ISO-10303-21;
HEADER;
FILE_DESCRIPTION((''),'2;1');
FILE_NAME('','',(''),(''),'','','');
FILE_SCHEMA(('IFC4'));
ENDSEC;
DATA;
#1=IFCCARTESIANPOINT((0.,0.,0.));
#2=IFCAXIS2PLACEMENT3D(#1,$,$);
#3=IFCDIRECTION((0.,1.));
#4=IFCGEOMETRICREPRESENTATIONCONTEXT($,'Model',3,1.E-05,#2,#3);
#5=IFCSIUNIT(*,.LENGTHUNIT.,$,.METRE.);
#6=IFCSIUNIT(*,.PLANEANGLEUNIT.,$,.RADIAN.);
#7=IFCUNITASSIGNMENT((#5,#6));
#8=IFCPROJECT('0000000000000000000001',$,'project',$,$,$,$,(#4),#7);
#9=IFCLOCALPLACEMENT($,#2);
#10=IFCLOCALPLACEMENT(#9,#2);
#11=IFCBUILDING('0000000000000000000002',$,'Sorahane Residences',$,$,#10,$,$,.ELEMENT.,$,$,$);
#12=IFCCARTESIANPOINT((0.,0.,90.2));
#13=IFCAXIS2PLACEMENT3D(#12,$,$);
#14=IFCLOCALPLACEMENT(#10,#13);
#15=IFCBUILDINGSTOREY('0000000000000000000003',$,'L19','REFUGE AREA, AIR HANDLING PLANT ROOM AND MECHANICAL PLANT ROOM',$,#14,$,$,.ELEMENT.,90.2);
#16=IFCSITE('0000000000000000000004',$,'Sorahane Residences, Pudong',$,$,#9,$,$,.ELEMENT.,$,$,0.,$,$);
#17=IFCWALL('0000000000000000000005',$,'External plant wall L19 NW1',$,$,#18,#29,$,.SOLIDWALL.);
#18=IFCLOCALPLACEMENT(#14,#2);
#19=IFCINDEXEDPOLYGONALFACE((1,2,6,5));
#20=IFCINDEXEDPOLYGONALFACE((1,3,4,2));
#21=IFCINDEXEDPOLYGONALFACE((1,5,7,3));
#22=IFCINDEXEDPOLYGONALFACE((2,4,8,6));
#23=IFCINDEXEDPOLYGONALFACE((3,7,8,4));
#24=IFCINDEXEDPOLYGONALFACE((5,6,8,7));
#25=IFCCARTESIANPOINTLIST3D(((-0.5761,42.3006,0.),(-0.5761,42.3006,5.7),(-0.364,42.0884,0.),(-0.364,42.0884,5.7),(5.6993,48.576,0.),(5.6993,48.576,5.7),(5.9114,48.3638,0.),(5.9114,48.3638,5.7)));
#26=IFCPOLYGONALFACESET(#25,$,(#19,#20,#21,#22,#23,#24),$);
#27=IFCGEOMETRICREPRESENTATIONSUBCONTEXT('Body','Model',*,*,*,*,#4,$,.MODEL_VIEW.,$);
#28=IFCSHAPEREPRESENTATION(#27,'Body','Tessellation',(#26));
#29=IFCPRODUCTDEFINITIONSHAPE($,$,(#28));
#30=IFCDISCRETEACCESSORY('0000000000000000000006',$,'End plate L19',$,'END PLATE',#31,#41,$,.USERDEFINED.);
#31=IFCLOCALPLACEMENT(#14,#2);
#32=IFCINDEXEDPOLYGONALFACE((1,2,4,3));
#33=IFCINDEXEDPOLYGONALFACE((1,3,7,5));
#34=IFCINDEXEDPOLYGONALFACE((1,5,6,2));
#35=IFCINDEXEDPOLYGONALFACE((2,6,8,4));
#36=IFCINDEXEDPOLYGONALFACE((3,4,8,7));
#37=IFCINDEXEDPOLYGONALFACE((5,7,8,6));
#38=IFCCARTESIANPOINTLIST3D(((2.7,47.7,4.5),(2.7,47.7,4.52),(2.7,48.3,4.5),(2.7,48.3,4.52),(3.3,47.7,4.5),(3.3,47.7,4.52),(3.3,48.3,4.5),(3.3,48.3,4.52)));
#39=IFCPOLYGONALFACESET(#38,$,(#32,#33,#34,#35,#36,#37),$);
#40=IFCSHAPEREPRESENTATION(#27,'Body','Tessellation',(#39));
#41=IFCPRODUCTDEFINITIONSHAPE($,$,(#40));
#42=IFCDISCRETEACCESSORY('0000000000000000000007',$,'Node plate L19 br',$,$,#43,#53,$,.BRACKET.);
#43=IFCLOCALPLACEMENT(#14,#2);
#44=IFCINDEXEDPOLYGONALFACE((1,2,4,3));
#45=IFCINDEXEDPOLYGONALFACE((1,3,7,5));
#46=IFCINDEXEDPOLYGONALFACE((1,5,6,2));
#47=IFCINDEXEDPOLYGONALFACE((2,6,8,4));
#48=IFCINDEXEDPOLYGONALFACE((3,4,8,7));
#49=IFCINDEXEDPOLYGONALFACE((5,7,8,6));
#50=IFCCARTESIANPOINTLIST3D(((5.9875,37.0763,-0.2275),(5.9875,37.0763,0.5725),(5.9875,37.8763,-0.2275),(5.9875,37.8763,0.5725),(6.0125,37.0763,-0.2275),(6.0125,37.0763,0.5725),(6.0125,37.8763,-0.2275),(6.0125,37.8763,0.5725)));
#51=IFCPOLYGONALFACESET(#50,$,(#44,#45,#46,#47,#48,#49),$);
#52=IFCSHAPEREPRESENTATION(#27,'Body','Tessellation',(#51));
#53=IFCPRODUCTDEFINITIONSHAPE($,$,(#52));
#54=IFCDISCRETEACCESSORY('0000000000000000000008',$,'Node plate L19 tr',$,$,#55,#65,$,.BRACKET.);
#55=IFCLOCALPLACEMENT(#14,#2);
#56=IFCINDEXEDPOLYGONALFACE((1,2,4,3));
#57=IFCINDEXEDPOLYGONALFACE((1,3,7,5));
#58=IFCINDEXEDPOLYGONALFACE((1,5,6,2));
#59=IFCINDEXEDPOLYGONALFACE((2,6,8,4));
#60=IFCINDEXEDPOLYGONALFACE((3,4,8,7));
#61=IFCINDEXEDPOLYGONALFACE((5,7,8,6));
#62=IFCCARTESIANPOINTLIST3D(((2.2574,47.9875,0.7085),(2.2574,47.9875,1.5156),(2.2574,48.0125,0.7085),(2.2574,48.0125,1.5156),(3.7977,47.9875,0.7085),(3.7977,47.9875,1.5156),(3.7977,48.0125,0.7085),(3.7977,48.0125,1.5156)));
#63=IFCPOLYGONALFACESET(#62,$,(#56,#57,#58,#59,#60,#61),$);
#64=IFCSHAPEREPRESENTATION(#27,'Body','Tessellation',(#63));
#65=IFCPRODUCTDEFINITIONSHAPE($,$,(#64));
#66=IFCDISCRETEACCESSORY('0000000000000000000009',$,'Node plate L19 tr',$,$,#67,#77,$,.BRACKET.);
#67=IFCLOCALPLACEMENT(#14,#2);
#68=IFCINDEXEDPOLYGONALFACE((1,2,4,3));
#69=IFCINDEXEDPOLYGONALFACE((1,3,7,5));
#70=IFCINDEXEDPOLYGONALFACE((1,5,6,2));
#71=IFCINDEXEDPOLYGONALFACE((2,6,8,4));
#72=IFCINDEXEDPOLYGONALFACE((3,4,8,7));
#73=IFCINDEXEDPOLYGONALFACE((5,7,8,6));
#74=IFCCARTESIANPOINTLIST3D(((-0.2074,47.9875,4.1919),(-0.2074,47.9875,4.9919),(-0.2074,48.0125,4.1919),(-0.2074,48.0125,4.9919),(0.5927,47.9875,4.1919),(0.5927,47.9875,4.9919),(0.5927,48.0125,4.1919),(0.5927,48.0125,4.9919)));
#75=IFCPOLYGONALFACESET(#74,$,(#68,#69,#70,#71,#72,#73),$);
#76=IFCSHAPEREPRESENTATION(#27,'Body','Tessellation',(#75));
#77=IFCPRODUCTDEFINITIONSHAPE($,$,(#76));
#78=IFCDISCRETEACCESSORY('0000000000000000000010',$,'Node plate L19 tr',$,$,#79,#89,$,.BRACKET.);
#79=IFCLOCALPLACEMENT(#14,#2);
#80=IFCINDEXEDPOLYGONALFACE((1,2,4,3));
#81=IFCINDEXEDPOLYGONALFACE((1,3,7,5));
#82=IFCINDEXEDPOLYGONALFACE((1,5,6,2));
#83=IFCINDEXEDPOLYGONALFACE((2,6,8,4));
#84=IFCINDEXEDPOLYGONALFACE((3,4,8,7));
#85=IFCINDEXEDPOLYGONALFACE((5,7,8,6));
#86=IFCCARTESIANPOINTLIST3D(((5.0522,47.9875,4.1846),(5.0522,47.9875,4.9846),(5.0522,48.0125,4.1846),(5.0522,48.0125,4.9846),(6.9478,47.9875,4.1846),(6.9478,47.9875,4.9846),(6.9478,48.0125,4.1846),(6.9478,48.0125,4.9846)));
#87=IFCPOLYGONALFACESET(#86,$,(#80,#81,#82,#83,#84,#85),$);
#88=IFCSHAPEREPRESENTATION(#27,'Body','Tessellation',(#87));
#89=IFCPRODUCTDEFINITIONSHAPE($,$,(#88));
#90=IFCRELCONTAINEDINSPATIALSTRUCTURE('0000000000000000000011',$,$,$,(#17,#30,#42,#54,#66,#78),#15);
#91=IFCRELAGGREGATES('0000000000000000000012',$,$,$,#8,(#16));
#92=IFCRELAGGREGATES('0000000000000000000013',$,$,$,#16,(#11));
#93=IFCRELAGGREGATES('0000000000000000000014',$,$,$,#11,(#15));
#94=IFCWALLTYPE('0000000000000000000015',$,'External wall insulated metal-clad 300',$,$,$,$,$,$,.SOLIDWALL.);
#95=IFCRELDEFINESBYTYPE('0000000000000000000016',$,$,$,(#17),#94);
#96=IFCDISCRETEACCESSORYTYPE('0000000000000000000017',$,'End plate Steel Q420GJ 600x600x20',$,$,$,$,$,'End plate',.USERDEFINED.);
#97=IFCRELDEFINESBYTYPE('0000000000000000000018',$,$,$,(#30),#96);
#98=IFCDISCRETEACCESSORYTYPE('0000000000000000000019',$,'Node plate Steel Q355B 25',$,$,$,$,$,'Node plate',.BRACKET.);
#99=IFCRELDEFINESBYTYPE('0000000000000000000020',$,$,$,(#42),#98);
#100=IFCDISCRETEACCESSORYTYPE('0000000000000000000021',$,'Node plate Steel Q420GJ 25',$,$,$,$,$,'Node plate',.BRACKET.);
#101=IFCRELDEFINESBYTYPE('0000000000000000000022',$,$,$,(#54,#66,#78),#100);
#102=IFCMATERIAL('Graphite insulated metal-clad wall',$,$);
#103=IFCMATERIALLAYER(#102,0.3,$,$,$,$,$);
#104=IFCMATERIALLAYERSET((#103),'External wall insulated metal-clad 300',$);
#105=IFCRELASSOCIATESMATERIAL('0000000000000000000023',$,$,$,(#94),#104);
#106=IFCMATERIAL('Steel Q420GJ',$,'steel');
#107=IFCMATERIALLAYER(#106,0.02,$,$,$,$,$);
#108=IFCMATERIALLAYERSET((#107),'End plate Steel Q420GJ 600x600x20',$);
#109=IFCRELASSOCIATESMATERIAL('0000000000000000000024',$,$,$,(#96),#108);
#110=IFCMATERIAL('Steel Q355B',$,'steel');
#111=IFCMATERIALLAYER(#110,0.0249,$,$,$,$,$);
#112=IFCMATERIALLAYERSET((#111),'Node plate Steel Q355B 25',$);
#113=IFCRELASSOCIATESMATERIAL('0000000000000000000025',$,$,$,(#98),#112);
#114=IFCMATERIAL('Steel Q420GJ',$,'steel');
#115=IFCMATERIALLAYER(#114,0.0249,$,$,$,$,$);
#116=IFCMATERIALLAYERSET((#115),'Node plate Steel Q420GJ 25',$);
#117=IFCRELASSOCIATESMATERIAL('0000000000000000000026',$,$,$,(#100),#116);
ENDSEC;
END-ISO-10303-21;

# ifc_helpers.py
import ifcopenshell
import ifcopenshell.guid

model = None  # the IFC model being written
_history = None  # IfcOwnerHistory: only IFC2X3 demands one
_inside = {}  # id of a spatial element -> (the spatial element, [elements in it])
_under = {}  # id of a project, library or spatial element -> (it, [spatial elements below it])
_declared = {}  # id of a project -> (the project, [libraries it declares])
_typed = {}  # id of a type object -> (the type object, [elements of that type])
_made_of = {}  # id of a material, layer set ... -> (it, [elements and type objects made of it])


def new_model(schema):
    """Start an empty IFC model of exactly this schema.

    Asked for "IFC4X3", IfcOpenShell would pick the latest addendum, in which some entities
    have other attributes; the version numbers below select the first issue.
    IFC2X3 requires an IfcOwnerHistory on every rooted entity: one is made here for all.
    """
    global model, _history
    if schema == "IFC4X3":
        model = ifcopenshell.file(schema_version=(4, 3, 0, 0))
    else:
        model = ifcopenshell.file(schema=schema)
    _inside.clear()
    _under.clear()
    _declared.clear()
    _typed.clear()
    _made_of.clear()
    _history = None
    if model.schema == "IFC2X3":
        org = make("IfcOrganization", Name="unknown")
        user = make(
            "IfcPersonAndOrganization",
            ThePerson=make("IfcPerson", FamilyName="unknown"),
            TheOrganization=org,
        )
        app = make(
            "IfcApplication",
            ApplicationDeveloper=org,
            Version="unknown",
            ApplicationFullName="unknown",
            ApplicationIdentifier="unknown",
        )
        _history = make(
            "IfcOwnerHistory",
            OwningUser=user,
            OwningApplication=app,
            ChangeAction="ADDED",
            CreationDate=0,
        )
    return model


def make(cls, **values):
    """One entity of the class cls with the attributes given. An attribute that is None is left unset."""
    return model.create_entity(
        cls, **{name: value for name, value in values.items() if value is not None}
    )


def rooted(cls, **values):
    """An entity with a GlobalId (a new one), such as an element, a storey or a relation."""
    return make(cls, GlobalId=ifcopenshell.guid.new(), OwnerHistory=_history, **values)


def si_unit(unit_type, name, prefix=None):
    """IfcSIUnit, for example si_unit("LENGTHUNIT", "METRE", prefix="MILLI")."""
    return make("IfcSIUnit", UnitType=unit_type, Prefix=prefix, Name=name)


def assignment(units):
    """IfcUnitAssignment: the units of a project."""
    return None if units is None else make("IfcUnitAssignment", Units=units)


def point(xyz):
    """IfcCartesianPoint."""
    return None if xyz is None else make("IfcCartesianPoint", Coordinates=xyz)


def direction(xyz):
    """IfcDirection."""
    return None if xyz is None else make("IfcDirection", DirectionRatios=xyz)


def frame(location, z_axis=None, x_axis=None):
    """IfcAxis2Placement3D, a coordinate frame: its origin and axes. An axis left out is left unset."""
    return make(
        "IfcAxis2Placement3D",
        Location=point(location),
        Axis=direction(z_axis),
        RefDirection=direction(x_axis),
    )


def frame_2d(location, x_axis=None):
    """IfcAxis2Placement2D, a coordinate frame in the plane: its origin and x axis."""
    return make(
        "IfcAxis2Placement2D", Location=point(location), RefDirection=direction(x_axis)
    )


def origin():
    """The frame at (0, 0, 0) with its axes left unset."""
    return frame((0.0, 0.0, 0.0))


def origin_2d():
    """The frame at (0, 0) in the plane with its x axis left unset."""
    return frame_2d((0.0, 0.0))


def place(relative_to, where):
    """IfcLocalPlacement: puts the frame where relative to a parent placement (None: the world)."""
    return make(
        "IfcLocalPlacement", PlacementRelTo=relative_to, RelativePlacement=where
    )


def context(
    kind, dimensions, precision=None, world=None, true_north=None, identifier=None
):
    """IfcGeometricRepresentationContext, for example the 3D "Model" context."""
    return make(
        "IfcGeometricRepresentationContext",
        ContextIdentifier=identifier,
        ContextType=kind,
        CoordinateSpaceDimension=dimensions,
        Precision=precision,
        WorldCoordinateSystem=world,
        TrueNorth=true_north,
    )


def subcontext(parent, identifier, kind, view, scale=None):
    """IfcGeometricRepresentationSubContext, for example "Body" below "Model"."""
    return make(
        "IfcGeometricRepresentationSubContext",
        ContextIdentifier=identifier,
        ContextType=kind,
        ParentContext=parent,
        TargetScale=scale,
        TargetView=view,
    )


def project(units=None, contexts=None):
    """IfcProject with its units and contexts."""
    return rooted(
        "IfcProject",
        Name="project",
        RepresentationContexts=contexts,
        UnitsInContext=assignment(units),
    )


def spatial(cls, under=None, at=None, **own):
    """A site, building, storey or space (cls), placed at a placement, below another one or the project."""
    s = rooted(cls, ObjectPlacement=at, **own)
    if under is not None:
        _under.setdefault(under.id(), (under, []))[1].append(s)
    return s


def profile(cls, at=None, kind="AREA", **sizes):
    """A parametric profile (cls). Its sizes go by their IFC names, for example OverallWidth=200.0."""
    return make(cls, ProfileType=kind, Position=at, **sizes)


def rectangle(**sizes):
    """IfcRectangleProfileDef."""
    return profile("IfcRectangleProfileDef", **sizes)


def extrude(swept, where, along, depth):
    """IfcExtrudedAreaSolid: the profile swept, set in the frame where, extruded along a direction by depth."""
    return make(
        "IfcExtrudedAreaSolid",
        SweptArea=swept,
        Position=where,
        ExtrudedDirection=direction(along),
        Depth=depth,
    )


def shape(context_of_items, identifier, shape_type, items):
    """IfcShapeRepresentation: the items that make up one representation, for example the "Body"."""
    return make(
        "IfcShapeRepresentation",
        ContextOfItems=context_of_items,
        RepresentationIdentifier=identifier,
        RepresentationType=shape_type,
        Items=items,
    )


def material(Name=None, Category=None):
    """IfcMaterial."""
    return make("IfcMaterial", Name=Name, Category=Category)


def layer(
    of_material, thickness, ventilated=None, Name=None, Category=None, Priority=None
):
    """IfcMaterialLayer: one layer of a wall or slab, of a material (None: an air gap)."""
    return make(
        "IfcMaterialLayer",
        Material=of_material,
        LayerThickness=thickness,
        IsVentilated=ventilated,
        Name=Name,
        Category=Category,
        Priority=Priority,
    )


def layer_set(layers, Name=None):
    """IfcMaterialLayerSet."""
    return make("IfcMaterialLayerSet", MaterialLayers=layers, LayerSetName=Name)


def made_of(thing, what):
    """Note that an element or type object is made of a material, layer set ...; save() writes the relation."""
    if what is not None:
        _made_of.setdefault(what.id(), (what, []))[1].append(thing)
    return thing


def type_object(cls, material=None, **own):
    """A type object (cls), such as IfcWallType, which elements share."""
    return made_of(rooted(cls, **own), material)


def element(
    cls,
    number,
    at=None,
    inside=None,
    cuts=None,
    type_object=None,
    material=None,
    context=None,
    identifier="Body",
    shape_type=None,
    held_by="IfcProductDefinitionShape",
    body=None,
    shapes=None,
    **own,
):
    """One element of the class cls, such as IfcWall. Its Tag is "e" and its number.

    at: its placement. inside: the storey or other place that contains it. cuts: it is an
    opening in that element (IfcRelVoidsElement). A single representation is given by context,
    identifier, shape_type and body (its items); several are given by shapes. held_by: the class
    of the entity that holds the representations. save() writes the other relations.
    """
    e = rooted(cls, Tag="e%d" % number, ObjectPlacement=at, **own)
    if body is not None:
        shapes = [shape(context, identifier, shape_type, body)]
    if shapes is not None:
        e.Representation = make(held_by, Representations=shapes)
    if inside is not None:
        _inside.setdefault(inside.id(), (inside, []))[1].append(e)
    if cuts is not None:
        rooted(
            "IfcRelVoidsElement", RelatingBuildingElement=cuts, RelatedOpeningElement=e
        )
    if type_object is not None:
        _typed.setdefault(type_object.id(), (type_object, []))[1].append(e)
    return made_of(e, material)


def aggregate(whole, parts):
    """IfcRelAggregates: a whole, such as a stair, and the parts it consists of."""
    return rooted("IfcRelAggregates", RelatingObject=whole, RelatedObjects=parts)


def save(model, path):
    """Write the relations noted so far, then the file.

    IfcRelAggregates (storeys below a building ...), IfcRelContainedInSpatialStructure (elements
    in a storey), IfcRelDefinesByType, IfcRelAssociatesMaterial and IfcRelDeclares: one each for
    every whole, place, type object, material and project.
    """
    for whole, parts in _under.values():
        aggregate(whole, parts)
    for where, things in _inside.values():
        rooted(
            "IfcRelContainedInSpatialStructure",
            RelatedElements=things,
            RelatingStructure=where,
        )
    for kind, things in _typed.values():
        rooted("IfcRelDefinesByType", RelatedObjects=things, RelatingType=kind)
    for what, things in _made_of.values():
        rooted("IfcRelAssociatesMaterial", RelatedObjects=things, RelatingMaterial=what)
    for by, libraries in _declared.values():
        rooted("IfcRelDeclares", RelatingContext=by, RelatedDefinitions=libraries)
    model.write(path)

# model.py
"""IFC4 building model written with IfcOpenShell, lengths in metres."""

from ifc_helpers import new_model, si_unit, direction, frame, frame_2d, origin, origin_2d, place, context, subcontext, project, spatial, rectangle, extrude, material, layer, layer_set, type_object, element, save


model = new_model("IFC4")

# Units and contexts
model_context = context("Model", 3, precision=1e-05, world=origin(), true_north=direction((0.0, 1.0)))
body_context = subcontext(model_context, "Body", "Model", "MODEL_VIEW")
ifc_project = project(units=[si_unit("LENGTHUNIT", "METRE"), si_unit("PLANEANGLEUNIT", "RADIAN")], contexts=[model_context])

# Site, building, storey
site_placement = place(None, origin())
site = spatial("IfcSite", under=ifc_project, at=site_placement, Name="Sorahane Residences, Pudong", CompositionType="ELEMENT", RefElevation=0.0)
building_placement = place(site_placement, origin())
building = spatial("IfcBuilding", under=site, at=building_placement, Name="Sorahane Residences", CompositionType="ELEMENT")
storey_placement = place(building_placement, frame((0.0, 0.0, 90.2)))
storey = spatial("IfcBuildingStorey", under=building, at=storey_placement, Name="L19", Description="REFUGE AREA, AIR HANDLING PLANT ROOM AND MECHANICAL PLANT ROOM", CompositionType="ELEMENT", Elevation=90.2)

# Wall
ifc_material_1 = material(Name="Graphite insulated metal-clad wall")
ifc_layer_1 = layer(ifc_material_1, 0.3)
ifc_layer_set_1 = layer_set([ifc_layer_1], Name="External wall insulated metal-clad 300")
wall_type = type_object("IfcWallType", Name="External wall insulated metal-clad 300", PredefinedType="SOLIDWALL", material=ifc_layer_set_1)
wall_placement = place(storey_placement, frame((5.8054, 48.47, 0.0), z_axis=(0.0, 0.0, 1.0), x_axis=(-0.707107, -0.707107, 0.0)))
element("IfcWall", 1, at=wall_placement, inside=storey, type_object=wall_type, Name="External plant wall L19 NW1", PredefinedType="SOLIDWALL", context=body_context, shape_type="SweptSolid", body=[
    extrude(rectangle(XDim=8.8748, YDim=0.3, at=frame_2d((4.4375, 0.0))), origin(), (0.0, 0.0, 1.0), 5.7),
])

# Discrete accessories
ifc_material_2 = material(Name="Steel Q420GJ", Category="steel")
ifc_layer_2 = layer(ifc_material_2, 0.02)
ifc_layer_set_2 = layer_set([ifc_layer_2], Name="End plate Steel Q420GJ 600x600x20")
discrete_accessory_type_1 = type_object("IfcDiscreteAccessoryType", Name="End plate Steel Q420GJ 600x600x20", ElementType="End plate", PredefinedType="USERDEFINED", material=ifc_layer_set_2)
discrete_accessory_1_placement = place(storey_placement, frame((3.0, 48.0, 4.5), z_axis=(0.0, 0.0, 1.0), x_axis=(1.0, 0.0, 0.0)))
element("IfcDiscreteAccessory", 2, at=discrete_accessory_1_placement, inside=storey, type_object=discrete_accessory_type_1, Name="End plate L19", ObjectType="END PLATE", PredefinedType="USERDEFINED", context=body_context, shape_type="SweptSolid", body=[
    extrude(rectangle(XDim=0.6001, YDim=0.6001, at=origin_2d()), origin(), (0.0, 0.0, 1.0), 0.02),
])
ifc_material_3 = material(Name="Steel Q355B", Category="steel")
ifc_layer_3 = layer(ifc_material_3, 0.0249)
ifc_layer_set_3 = layer_set([ifc_layer_3], Name="Node plate Steel Q355B 25")
discrete_accessory_type_2 = type_object("IfcDiscreteAccessoryType", Name="Node plate Steel Q355B 25", ElementType="Node plate", PredefinedType="BRACKET", material=ifc_layer_set_3)
discrete_accessory_2_placement = place(storey_placement, frame((6.0, 37.4763, -0.2275), z_axis=(0.0, 0.0, 1.0), x_axis=(0.0, 1.0, 0.0)))
element("IfcDiscreteAccessory", 3, at=discrete_accessory_2_placement, inside=storey, type_object=discrete_accessory_type_2, Name="Node plate L19 br", PredefinedType="BRACKET", context=body_context, shape_type="SweptSolid", body=[
    extrude(rectangle(XDim=0.8, YDim=0.0249, at=origin_2d()), origin(), (0.0, 0.0, 1.0), 0.8),
])
ifc_material_4 = material(Name="Steel Q420GJ", Category="steel")
ifc_layer_4 = layer(ifc_material_4, 0.0249)
ifc_layer_set_4 = layer_set([ifc_layer_4], Name="Node plate Steel Q420GJ 25")
discrete_accessory_type_3 = type_object("IfcDiscreteAccessoryType", Name="Node plate Steel Q420GJ 25", ElementType="Node plate", PredefinedType="BRACKET", material=ifc_layer_set_4)
discrete_accessory_3_placement = place(storey_placement, frame((3.0276, 48.0, 0.7085), z_axis=(0.0, 0.0, 1.0), x_axis=(1.0, 0.0, 0.0)))
element("IfcDiscreteAccessory", 4, at=discrete_accessory_3_placement, inside=storey, type_object=discrete_accessory_type_3, Name="Node plate L19 tr", PredefinedType="BRACKET", context=body_context, shape_type="SweptSolid", body=[
    extrude(rectangle(XDim=1.5403, YDim=0.0249, at=origin_2d()), origin(), (0.0, 0.0, 1.0), 0.8071),
])
discrete_accessory_4_placement = place(storey_placement, frame((0.1926, 48.0, 4.1919), z_axis=(0.0, 0.0, 1.0), x_axis=(1.0, 0.0, 0.0)))
element("IfcDiscreteAccessory", 5, at=discrete_accessory_4_placement, inside=storey, type_object=discrete_accessory_type_3, Name="Node plate L19 tr", PredefinedType="BRACKET", context=body_context, shape_type="SweptSolid", body=[
    extrude(rectangle(XDim=0.8, YDim=0.0249, at=origin_2d()), origin(), (0.0, 0.0, 1.0), 0.8),
])
discrete_accessory_5_placement = place(storey_placement, frame((6.0, 48.0, 4.1846), z_axis=(0.0, 0.0, 1.0), x_axis=(1.0, 0.0, 0.0)))
element("IfcDiscreteAccessory", 6, at=discrete_accessory_5_placement, inside=storey, type_object=discrete_accessory_type_3, Name="Node plate L19 tr", PredefinedType="BRACKET", context=body_context, shape_type="SweptSolid", body=[
    extrude(rectangle(XDim=1.8955, YDim=0.0249, at=origin_2d()), origin(), (0.0, 0.0, 1.0), 0.8),
])

save(model, "model.ifc")
